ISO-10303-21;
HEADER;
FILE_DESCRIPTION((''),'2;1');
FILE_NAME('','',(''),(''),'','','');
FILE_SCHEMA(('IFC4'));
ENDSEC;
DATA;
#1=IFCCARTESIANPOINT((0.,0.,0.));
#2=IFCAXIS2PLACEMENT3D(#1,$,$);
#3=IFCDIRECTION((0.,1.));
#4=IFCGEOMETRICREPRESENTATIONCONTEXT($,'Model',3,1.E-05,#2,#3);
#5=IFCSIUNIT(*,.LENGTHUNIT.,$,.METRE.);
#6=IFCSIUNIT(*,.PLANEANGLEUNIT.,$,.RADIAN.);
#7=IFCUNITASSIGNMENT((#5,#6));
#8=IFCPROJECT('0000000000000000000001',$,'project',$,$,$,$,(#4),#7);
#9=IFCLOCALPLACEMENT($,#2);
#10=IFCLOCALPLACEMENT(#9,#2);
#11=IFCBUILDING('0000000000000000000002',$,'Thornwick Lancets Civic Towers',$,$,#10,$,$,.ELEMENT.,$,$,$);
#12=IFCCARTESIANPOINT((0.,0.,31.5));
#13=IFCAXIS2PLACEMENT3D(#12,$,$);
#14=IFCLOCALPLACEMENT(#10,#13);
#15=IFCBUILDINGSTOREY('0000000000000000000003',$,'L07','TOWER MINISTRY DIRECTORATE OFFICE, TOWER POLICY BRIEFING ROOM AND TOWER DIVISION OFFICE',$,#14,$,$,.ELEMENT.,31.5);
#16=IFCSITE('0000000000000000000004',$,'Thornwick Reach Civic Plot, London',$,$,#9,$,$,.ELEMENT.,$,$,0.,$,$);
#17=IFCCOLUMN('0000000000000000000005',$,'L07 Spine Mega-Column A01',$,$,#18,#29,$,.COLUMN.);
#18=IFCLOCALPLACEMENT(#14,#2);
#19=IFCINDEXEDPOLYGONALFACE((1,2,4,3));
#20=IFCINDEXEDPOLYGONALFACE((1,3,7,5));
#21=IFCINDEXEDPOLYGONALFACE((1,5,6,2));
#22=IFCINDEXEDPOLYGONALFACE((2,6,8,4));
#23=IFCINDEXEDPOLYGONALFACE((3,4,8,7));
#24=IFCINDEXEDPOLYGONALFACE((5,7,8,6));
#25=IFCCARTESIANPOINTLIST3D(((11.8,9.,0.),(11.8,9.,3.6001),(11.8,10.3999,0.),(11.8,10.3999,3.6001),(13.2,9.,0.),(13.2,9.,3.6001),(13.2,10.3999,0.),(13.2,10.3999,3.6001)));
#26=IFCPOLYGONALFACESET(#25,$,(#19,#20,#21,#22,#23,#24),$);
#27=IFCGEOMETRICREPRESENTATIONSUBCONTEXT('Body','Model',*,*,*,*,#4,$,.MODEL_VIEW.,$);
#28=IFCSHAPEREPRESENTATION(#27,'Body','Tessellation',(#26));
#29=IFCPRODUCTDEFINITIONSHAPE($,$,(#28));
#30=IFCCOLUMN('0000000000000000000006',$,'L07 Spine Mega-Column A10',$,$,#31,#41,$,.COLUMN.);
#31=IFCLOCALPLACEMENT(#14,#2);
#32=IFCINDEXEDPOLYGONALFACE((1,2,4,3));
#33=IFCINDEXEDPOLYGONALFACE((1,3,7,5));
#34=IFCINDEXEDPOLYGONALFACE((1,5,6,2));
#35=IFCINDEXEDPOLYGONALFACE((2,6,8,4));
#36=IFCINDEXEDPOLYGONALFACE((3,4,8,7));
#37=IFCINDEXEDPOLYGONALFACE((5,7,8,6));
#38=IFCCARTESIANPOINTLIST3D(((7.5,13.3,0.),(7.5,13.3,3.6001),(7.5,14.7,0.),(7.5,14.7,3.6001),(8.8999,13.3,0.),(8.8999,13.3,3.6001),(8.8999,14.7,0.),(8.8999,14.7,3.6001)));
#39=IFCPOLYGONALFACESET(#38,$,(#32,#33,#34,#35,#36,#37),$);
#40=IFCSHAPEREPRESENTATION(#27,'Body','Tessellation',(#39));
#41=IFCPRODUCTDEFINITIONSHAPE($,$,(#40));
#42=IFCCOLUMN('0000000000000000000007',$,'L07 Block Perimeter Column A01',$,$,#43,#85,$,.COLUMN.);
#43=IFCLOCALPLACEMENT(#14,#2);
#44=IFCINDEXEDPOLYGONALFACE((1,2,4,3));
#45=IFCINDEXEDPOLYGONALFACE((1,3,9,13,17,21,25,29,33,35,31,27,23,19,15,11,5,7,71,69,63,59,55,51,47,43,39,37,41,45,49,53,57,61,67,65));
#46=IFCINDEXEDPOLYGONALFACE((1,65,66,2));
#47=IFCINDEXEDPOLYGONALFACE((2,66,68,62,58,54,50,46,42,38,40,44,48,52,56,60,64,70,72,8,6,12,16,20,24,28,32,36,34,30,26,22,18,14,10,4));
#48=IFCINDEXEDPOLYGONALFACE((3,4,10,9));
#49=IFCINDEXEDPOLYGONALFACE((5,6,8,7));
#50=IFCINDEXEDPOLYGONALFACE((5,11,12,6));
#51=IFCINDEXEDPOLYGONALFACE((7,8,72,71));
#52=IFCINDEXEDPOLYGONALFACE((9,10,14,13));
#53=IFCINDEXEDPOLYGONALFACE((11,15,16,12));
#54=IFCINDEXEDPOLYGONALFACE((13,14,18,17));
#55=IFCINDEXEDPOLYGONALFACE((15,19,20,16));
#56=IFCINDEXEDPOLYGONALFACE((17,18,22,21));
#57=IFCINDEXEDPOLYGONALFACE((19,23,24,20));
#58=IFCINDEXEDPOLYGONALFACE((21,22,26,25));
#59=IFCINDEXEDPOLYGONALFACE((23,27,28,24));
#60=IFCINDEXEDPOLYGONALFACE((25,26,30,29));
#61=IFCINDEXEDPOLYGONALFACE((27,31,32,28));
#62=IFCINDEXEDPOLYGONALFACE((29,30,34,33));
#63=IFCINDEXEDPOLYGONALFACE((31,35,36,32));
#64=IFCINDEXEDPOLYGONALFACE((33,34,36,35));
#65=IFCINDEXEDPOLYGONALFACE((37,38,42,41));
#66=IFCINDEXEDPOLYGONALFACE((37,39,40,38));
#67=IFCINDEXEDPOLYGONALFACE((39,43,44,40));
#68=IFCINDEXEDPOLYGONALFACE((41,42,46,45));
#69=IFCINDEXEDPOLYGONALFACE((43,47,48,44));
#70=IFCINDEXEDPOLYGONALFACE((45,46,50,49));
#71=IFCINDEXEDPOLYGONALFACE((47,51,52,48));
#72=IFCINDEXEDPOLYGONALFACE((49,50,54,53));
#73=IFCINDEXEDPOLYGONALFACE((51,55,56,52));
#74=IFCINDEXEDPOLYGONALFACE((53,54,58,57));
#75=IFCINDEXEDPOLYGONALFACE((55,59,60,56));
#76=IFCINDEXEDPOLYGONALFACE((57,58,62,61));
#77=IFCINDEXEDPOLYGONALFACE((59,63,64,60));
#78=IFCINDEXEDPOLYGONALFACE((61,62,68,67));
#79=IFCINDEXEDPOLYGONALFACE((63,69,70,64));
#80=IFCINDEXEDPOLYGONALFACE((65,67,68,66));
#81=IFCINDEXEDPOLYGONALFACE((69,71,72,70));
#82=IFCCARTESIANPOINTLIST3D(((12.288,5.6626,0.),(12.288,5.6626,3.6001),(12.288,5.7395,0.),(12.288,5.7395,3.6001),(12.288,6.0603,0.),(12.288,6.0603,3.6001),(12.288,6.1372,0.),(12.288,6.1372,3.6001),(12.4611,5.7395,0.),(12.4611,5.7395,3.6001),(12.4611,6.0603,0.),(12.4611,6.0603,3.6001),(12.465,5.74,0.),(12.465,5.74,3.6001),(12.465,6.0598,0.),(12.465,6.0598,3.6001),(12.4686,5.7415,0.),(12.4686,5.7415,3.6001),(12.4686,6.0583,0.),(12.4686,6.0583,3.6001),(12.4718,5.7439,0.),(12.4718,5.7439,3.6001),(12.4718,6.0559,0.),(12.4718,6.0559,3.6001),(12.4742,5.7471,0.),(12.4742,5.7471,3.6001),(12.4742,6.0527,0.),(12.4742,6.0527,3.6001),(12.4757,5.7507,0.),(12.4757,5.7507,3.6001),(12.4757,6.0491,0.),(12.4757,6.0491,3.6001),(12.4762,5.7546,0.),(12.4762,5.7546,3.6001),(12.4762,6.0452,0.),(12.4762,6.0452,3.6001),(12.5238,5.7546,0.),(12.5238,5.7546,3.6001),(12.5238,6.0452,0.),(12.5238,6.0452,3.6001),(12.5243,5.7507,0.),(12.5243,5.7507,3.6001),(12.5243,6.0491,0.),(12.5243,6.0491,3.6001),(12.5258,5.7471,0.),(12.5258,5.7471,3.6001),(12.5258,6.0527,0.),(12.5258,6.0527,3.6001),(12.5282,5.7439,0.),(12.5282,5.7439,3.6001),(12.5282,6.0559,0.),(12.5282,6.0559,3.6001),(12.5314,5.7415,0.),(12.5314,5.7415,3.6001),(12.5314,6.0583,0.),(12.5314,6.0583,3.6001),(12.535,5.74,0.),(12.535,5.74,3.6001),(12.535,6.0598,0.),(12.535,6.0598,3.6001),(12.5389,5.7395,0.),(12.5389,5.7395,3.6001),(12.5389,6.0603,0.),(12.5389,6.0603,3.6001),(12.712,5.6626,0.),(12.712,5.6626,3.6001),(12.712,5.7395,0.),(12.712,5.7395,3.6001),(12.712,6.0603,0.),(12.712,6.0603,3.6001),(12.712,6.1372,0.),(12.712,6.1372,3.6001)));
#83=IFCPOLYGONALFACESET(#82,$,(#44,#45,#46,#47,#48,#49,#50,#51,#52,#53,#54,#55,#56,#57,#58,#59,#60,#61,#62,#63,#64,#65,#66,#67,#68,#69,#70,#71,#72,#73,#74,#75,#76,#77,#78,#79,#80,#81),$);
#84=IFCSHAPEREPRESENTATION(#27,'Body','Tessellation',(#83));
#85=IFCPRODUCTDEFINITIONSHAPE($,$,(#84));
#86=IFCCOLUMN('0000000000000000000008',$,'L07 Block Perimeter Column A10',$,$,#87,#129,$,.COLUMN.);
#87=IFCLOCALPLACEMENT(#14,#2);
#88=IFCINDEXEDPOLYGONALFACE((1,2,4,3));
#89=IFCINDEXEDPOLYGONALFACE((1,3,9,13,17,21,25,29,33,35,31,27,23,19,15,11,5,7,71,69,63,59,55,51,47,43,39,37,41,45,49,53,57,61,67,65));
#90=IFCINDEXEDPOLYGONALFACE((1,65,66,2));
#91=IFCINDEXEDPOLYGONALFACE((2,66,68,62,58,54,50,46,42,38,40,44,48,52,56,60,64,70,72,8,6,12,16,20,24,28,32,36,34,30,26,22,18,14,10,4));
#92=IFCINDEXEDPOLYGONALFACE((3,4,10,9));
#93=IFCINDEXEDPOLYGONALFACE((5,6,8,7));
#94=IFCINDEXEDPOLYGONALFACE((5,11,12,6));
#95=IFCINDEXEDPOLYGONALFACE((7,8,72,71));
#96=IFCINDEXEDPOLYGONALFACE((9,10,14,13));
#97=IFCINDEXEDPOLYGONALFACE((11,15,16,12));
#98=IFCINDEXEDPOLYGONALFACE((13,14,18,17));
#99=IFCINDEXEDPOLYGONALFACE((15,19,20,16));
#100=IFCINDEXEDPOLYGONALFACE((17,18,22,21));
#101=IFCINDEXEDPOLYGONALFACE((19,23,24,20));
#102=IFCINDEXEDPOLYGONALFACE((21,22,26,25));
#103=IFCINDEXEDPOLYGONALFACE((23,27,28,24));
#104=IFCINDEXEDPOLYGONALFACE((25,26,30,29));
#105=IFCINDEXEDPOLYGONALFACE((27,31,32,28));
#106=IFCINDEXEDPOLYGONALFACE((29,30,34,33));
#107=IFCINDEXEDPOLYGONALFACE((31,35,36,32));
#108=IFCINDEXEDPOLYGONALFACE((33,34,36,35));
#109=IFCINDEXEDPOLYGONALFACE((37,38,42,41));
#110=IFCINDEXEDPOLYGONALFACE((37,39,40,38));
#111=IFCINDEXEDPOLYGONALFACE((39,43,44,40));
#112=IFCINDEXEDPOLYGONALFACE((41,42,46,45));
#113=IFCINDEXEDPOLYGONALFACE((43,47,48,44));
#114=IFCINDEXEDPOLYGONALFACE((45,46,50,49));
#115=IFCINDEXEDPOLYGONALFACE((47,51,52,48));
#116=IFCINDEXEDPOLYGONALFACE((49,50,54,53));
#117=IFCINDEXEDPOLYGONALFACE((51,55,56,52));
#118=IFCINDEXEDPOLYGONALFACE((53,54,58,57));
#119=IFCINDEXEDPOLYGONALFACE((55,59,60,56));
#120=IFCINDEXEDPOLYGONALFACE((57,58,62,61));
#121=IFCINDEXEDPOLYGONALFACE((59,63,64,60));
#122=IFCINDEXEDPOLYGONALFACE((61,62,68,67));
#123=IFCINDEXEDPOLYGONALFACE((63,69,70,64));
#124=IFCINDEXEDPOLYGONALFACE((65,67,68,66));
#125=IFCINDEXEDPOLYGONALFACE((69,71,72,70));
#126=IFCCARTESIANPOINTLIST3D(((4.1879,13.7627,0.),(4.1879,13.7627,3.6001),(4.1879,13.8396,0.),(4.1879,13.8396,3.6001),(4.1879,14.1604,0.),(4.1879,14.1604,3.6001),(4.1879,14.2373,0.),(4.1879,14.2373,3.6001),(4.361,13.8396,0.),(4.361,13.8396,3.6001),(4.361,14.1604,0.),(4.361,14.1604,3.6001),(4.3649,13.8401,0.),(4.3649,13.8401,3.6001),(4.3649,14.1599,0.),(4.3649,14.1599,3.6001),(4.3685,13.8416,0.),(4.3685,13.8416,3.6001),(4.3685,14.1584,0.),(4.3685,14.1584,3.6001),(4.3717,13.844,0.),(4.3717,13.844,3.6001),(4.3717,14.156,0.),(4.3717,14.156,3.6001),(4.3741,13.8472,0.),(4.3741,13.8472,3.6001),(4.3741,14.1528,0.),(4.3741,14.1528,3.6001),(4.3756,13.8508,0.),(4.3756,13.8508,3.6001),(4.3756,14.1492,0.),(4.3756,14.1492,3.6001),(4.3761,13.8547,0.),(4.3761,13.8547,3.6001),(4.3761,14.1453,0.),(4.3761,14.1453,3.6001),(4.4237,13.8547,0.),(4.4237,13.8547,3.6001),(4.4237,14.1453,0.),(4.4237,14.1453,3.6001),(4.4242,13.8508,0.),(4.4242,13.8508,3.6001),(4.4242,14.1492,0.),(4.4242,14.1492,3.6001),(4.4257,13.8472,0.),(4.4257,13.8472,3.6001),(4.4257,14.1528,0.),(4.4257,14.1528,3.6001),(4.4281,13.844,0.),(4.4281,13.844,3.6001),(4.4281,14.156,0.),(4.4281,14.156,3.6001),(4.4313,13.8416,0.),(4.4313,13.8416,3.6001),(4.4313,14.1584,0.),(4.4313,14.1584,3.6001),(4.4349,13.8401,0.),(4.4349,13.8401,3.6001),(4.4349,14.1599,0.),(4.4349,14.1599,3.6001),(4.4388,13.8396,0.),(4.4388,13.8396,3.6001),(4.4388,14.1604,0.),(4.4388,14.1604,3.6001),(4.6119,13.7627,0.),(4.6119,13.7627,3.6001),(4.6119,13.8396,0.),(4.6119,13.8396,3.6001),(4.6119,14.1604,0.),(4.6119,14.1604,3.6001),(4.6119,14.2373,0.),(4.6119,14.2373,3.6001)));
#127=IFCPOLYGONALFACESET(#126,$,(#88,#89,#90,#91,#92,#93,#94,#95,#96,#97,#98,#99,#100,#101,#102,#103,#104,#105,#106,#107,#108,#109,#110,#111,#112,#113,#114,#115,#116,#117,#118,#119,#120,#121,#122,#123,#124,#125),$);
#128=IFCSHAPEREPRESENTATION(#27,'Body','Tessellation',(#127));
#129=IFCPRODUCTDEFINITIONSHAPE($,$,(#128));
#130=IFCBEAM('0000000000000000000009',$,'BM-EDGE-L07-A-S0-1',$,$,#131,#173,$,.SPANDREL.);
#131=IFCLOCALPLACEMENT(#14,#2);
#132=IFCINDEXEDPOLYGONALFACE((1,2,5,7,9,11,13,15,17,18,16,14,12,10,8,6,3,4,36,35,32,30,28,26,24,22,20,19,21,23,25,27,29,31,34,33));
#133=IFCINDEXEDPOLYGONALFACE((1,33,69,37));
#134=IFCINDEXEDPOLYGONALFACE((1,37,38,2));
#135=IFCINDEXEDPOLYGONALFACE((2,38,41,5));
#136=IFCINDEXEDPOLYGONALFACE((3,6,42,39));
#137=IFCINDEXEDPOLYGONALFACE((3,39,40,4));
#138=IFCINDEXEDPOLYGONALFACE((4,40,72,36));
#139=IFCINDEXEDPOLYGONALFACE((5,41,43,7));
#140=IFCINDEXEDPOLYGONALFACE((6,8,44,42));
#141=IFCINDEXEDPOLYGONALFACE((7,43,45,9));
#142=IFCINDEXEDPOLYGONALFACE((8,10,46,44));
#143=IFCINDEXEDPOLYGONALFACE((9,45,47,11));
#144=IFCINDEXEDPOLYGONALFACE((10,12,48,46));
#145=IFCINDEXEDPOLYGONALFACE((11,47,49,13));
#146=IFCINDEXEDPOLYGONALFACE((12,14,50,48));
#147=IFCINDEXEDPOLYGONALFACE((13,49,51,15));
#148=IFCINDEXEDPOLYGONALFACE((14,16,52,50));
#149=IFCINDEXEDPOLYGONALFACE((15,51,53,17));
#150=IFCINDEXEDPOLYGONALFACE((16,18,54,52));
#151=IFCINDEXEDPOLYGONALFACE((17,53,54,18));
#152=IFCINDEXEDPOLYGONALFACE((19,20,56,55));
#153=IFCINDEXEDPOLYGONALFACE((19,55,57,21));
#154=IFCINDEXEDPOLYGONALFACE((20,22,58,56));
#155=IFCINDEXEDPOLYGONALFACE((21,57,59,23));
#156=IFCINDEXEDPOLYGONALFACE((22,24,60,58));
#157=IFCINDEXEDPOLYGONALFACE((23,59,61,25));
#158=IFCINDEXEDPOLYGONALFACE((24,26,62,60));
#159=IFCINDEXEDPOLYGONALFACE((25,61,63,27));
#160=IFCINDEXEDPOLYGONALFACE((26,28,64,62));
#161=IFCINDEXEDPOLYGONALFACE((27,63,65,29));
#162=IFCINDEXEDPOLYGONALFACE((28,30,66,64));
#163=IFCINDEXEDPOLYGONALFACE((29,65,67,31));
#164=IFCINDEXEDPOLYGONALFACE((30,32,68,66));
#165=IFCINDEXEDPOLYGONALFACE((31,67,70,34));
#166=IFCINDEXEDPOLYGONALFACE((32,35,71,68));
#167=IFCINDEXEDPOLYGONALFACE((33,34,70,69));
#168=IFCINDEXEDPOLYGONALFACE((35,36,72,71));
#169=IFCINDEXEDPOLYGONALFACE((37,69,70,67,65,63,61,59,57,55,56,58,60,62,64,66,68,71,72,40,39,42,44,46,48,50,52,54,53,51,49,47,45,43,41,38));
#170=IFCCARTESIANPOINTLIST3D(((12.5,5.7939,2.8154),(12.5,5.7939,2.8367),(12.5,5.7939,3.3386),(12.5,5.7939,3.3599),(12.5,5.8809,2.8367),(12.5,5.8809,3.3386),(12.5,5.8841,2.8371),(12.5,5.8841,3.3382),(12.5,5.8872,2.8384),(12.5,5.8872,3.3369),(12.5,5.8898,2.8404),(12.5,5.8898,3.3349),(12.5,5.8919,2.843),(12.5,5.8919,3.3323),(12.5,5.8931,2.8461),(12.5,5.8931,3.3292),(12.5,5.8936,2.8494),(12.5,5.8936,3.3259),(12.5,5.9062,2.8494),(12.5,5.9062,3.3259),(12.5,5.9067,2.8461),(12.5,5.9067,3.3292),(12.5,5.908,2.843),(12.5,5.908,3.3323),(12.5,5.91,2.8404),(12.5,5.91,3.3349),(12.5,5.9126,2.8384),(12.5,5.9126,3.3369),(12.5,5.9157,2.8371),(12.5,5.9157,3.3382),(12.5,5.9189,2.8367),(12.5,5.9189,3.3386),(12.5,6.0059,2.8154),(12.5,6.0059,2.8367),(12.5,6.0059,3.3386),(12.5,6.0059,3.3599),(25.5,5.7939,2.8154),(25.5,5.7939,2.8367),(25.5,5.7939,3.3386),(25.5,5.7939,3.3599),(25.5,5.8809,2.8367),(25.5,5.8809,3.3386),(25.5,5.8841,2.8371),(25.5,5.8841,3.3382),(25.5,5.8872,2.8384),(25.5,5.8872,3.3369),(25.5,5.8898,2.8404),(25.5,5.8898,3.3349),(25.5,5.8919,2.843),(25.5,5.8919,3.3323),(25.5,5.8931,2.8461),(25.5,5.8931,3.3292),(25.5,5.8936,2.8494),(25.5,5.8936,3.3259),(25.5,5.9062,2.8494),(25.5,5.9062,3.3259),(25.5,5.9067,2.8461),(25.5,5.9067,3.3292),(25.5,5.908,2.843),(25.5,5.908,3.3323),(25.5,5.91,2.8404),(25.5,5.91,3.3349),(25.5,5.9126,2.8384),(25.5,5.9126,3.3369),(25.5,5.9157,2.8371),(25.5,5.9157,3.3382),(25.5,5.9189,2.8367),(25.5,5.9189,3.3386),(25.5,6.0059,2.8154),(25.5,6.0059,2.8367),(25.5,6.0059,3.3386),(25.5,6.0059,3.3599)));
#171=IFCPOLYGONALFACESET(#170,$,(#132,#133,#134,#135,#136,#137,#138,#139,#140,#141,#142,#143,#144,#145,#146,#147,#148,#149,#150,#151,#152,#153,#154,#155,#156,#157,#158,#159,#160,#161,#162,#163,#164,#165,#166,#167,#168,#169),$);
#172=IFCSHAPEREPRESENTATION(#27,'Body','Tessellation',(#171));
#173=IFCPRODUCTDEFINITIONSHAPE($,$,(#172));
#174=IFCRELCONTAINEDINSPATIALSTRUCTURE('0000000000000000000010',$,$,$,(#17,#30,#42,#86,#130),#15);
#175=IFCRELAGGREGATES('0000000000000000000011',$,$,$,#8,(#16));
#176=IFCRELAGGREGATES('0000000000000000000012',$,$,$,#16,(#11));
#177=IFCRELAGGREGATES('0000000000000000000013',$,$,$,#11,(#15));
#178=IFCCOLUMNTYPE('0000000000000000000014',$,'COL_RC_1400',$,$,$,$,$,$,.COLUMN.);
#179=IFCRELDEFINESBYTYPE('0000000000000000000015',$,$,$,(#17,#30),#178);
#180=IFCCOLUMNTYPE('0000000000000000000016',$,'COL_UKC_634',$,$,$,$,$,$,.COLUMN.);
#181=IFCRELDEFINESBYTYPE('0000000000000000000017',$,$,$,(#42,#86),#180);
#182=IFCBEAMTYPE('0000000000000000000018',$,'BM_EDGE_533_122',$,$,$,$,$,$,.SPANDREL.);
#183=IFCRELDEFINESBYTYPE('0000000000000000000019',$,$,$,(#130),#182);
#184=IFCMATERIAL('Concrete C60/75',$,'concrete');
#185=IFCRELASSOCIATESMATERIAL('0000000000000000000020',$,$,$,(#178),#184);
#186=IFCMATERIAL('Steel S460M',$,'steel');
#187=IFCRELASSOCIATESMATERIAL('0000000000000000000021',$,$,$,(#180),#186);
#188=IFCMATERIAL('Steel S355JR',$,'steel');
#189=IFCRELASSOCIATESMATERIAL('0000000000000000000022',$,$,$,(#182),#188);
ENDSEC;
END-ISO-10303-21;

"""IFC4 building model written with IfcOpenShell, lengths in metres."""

from ifc_helpers import new_model, si_unit, direction, frame, origin, origin_2d, place, context, subcontext, project, spatial, rectangle, i_section, extrude, material, material_profile, profile_set, type_object, element, save


model = new_model("IFC4")

# Units and contexts
model_context = context("Model", 3, precision=1e-05, world=origin(), true_north=direction((0.0, 1.0)))
body_context = subcontext(model_context, "Body", "Model", "MODEL_VIEW")
ifc_project = project(units=[si_unit("LENGTHUNIT", "METRE"), si_unit("PLANEANGLEUNIT", "RADIAN")], contexts=[model_context])

# Site, building, storey
site_placement = place(None, origin())
site = spatial("IfcSite", under=ifc_project, at=site_placement, Name="Thornwick Reach Civic Plot, London", CompositionType="ELEMENT", RefElevation=0.0)
building_placement = place(site_placement, origin())
building = spatial("IfcBuilding", under=site, at=building_placement, Name="Thornwick Lancets Civic Towers", CompositionType="ELEMENT")
storey_placement = place(building_placement, frame((0.0, 0.0, 31.5)))
storey = spatial("IfcBuildingStorey", under=building, at=storey_placement, Name="L07", Description="TOWER MINISTRY DIRECTORATE OFFICE, TOWER POLICY BRIEFING ROOM AND TOWER DIVISION OFFICE", CompositionType="ELEMENT", Elevation=31.5)

# Columns
ifc_material_1 = material(Name="Concrete C60/75", Category="concrete")
ifc_material_profile_1 = material_profile(ifc_material_1, rectangle(XDim=1.3999, YDim=1.3999, at=origin_2d()), Name="RC 1400x1400")
ifc_profile_set_1 = profile_set([ifc_material_profile_1], Name="Concrete C60/75")
column_type_1 = type_object("IfcColumnType", Name="COL_RC_1400", PredefinedType="COLUMN", material=ifc_profile_set_1)
for number, where, z_axis, x_axis, name in (
    (1, (12.5, 9.7, 0.0), (0.0, 0.0, 1.0), (1.0, 0.0, 0.0), "L07 Spine Mega-Column A01"),
    (2, (8.2, 14.0, 0.0), (0.0, 0.0, 1.0), (1.0, 0.0, 0.0), "L07 Spine Mega-Column A10"),
):
    element("IfcColumn", number, at=place(storey_placement, frame(where, z_axis=z_axis, x_axis=x_axis)), inside=storey, type_object=column_type_1, Name=name, PredefinedType="COLUMN", context=body_context, shape_type="SweptSolid", body=[
        extrude(rectangle(XDim=1.3999, YDim=1.3999, at=origin_2d()), origin(), (0.0, 0.0, 1.0), 3.6001),
    ])
ifc_material_2 = material(Name="Steel S460M", Category="steel")
ifc_material_profile_2 = material_profile(ifc_material_2, i_section(OverallWidth=0.4241, OverallDepth=0.4746, WebThickness=0.0476, FlangeThickness=0.0769, FilletRadius=0.0151, at=origin_2d()), Name="UKC 356x406x634")
ifc_profile_set_2 = profile_set([ifc_material_profile_2], Name="Steel S460M")
column_type_2 = type_object("IfcColumnType", Name="COL_UKC_634", PredefinedType="COLUMN", material=ifc_profile_set_2)
for number, where, z_axis, x_axis, name in (
    (3, (12.5, 5.8999, 0.0), (0.0, 0.0, 1.0), (1.0, 0.0, 0.0), "L07 Block Perimeter Column A01"),
    (4, (4.3999, 14.0, 0.0), (0.0, 0.0, 1.0), (1.0, 0.0, 0.0), "L07 Block Perimeter Column A10"),
):
    element("IfcColumn", number, at=place(storey_placement, frame(where, z_axis=z_axis, x_axis=x_axis)), inside=storey, type_object=column_type_2, Name=name, PredefinedType="COLUMN", context=body_context, shape_type="SweptSolid", body=[
        extrude(i_section(OverallWidth=0.4241, OverallDepth=0.4746, WebThickness=0.0476, FlangeThickness=0.0769, FilletRadius=0.0151, at=origin_2d()), origin(), (0.0, 0.0, 1.0), 3.6001),
    ])

# Beam
ifc_material_3 = material(Name="Steel S355JR", Category="steel")
ifc_material_profile_3 = material_profile(ifc_material_3, i_section(OverallWidth=0.2119, OverallDepth=0.5444, WebThickness=0.0127, FlangeThickness=0.0212, FilletRadius=0.0127, at=origin_2d()), Name="UKB 533x210x122")
ifc_profile_set_3 = profile_set([ifc_material_profile_3], Name="Steel S355JR")
beam_type_1 = type_object("IfcBeamType", Name="BM_EDGE_533_122", PredefinedType="SPANDREL", material=ifc_profile_set_3)
for number, where, z_axis, x_axis, name in (
    (5, (12.5, 5.8999, 3.0876), (1.0, 0.0, 0.0), (0.0, 1.0, 0.0), "BM-EDGE-L07-A-S0-1"),
):
    element("IfcBeam", number, at=place(storey_placement, frame(where, z_axis=z_axis, x_axis=x_axis)), inside=storey, type_object=beam_type_1, Name=name, PredefinedType="SPANDREL", context=body_context, shape_type="SweptSolid", body=[
        extrude(i_section(OverallWidth=0.2119, OverallDepth=0.5444, WebThickness=0.0127, FlangeThickness=0.0212, FilletRadius=0.0127, at=origin_2d()), origin(), (0.0, 0.0, 1.0), 13.0),
    ])

save(model, "model.ifc")
